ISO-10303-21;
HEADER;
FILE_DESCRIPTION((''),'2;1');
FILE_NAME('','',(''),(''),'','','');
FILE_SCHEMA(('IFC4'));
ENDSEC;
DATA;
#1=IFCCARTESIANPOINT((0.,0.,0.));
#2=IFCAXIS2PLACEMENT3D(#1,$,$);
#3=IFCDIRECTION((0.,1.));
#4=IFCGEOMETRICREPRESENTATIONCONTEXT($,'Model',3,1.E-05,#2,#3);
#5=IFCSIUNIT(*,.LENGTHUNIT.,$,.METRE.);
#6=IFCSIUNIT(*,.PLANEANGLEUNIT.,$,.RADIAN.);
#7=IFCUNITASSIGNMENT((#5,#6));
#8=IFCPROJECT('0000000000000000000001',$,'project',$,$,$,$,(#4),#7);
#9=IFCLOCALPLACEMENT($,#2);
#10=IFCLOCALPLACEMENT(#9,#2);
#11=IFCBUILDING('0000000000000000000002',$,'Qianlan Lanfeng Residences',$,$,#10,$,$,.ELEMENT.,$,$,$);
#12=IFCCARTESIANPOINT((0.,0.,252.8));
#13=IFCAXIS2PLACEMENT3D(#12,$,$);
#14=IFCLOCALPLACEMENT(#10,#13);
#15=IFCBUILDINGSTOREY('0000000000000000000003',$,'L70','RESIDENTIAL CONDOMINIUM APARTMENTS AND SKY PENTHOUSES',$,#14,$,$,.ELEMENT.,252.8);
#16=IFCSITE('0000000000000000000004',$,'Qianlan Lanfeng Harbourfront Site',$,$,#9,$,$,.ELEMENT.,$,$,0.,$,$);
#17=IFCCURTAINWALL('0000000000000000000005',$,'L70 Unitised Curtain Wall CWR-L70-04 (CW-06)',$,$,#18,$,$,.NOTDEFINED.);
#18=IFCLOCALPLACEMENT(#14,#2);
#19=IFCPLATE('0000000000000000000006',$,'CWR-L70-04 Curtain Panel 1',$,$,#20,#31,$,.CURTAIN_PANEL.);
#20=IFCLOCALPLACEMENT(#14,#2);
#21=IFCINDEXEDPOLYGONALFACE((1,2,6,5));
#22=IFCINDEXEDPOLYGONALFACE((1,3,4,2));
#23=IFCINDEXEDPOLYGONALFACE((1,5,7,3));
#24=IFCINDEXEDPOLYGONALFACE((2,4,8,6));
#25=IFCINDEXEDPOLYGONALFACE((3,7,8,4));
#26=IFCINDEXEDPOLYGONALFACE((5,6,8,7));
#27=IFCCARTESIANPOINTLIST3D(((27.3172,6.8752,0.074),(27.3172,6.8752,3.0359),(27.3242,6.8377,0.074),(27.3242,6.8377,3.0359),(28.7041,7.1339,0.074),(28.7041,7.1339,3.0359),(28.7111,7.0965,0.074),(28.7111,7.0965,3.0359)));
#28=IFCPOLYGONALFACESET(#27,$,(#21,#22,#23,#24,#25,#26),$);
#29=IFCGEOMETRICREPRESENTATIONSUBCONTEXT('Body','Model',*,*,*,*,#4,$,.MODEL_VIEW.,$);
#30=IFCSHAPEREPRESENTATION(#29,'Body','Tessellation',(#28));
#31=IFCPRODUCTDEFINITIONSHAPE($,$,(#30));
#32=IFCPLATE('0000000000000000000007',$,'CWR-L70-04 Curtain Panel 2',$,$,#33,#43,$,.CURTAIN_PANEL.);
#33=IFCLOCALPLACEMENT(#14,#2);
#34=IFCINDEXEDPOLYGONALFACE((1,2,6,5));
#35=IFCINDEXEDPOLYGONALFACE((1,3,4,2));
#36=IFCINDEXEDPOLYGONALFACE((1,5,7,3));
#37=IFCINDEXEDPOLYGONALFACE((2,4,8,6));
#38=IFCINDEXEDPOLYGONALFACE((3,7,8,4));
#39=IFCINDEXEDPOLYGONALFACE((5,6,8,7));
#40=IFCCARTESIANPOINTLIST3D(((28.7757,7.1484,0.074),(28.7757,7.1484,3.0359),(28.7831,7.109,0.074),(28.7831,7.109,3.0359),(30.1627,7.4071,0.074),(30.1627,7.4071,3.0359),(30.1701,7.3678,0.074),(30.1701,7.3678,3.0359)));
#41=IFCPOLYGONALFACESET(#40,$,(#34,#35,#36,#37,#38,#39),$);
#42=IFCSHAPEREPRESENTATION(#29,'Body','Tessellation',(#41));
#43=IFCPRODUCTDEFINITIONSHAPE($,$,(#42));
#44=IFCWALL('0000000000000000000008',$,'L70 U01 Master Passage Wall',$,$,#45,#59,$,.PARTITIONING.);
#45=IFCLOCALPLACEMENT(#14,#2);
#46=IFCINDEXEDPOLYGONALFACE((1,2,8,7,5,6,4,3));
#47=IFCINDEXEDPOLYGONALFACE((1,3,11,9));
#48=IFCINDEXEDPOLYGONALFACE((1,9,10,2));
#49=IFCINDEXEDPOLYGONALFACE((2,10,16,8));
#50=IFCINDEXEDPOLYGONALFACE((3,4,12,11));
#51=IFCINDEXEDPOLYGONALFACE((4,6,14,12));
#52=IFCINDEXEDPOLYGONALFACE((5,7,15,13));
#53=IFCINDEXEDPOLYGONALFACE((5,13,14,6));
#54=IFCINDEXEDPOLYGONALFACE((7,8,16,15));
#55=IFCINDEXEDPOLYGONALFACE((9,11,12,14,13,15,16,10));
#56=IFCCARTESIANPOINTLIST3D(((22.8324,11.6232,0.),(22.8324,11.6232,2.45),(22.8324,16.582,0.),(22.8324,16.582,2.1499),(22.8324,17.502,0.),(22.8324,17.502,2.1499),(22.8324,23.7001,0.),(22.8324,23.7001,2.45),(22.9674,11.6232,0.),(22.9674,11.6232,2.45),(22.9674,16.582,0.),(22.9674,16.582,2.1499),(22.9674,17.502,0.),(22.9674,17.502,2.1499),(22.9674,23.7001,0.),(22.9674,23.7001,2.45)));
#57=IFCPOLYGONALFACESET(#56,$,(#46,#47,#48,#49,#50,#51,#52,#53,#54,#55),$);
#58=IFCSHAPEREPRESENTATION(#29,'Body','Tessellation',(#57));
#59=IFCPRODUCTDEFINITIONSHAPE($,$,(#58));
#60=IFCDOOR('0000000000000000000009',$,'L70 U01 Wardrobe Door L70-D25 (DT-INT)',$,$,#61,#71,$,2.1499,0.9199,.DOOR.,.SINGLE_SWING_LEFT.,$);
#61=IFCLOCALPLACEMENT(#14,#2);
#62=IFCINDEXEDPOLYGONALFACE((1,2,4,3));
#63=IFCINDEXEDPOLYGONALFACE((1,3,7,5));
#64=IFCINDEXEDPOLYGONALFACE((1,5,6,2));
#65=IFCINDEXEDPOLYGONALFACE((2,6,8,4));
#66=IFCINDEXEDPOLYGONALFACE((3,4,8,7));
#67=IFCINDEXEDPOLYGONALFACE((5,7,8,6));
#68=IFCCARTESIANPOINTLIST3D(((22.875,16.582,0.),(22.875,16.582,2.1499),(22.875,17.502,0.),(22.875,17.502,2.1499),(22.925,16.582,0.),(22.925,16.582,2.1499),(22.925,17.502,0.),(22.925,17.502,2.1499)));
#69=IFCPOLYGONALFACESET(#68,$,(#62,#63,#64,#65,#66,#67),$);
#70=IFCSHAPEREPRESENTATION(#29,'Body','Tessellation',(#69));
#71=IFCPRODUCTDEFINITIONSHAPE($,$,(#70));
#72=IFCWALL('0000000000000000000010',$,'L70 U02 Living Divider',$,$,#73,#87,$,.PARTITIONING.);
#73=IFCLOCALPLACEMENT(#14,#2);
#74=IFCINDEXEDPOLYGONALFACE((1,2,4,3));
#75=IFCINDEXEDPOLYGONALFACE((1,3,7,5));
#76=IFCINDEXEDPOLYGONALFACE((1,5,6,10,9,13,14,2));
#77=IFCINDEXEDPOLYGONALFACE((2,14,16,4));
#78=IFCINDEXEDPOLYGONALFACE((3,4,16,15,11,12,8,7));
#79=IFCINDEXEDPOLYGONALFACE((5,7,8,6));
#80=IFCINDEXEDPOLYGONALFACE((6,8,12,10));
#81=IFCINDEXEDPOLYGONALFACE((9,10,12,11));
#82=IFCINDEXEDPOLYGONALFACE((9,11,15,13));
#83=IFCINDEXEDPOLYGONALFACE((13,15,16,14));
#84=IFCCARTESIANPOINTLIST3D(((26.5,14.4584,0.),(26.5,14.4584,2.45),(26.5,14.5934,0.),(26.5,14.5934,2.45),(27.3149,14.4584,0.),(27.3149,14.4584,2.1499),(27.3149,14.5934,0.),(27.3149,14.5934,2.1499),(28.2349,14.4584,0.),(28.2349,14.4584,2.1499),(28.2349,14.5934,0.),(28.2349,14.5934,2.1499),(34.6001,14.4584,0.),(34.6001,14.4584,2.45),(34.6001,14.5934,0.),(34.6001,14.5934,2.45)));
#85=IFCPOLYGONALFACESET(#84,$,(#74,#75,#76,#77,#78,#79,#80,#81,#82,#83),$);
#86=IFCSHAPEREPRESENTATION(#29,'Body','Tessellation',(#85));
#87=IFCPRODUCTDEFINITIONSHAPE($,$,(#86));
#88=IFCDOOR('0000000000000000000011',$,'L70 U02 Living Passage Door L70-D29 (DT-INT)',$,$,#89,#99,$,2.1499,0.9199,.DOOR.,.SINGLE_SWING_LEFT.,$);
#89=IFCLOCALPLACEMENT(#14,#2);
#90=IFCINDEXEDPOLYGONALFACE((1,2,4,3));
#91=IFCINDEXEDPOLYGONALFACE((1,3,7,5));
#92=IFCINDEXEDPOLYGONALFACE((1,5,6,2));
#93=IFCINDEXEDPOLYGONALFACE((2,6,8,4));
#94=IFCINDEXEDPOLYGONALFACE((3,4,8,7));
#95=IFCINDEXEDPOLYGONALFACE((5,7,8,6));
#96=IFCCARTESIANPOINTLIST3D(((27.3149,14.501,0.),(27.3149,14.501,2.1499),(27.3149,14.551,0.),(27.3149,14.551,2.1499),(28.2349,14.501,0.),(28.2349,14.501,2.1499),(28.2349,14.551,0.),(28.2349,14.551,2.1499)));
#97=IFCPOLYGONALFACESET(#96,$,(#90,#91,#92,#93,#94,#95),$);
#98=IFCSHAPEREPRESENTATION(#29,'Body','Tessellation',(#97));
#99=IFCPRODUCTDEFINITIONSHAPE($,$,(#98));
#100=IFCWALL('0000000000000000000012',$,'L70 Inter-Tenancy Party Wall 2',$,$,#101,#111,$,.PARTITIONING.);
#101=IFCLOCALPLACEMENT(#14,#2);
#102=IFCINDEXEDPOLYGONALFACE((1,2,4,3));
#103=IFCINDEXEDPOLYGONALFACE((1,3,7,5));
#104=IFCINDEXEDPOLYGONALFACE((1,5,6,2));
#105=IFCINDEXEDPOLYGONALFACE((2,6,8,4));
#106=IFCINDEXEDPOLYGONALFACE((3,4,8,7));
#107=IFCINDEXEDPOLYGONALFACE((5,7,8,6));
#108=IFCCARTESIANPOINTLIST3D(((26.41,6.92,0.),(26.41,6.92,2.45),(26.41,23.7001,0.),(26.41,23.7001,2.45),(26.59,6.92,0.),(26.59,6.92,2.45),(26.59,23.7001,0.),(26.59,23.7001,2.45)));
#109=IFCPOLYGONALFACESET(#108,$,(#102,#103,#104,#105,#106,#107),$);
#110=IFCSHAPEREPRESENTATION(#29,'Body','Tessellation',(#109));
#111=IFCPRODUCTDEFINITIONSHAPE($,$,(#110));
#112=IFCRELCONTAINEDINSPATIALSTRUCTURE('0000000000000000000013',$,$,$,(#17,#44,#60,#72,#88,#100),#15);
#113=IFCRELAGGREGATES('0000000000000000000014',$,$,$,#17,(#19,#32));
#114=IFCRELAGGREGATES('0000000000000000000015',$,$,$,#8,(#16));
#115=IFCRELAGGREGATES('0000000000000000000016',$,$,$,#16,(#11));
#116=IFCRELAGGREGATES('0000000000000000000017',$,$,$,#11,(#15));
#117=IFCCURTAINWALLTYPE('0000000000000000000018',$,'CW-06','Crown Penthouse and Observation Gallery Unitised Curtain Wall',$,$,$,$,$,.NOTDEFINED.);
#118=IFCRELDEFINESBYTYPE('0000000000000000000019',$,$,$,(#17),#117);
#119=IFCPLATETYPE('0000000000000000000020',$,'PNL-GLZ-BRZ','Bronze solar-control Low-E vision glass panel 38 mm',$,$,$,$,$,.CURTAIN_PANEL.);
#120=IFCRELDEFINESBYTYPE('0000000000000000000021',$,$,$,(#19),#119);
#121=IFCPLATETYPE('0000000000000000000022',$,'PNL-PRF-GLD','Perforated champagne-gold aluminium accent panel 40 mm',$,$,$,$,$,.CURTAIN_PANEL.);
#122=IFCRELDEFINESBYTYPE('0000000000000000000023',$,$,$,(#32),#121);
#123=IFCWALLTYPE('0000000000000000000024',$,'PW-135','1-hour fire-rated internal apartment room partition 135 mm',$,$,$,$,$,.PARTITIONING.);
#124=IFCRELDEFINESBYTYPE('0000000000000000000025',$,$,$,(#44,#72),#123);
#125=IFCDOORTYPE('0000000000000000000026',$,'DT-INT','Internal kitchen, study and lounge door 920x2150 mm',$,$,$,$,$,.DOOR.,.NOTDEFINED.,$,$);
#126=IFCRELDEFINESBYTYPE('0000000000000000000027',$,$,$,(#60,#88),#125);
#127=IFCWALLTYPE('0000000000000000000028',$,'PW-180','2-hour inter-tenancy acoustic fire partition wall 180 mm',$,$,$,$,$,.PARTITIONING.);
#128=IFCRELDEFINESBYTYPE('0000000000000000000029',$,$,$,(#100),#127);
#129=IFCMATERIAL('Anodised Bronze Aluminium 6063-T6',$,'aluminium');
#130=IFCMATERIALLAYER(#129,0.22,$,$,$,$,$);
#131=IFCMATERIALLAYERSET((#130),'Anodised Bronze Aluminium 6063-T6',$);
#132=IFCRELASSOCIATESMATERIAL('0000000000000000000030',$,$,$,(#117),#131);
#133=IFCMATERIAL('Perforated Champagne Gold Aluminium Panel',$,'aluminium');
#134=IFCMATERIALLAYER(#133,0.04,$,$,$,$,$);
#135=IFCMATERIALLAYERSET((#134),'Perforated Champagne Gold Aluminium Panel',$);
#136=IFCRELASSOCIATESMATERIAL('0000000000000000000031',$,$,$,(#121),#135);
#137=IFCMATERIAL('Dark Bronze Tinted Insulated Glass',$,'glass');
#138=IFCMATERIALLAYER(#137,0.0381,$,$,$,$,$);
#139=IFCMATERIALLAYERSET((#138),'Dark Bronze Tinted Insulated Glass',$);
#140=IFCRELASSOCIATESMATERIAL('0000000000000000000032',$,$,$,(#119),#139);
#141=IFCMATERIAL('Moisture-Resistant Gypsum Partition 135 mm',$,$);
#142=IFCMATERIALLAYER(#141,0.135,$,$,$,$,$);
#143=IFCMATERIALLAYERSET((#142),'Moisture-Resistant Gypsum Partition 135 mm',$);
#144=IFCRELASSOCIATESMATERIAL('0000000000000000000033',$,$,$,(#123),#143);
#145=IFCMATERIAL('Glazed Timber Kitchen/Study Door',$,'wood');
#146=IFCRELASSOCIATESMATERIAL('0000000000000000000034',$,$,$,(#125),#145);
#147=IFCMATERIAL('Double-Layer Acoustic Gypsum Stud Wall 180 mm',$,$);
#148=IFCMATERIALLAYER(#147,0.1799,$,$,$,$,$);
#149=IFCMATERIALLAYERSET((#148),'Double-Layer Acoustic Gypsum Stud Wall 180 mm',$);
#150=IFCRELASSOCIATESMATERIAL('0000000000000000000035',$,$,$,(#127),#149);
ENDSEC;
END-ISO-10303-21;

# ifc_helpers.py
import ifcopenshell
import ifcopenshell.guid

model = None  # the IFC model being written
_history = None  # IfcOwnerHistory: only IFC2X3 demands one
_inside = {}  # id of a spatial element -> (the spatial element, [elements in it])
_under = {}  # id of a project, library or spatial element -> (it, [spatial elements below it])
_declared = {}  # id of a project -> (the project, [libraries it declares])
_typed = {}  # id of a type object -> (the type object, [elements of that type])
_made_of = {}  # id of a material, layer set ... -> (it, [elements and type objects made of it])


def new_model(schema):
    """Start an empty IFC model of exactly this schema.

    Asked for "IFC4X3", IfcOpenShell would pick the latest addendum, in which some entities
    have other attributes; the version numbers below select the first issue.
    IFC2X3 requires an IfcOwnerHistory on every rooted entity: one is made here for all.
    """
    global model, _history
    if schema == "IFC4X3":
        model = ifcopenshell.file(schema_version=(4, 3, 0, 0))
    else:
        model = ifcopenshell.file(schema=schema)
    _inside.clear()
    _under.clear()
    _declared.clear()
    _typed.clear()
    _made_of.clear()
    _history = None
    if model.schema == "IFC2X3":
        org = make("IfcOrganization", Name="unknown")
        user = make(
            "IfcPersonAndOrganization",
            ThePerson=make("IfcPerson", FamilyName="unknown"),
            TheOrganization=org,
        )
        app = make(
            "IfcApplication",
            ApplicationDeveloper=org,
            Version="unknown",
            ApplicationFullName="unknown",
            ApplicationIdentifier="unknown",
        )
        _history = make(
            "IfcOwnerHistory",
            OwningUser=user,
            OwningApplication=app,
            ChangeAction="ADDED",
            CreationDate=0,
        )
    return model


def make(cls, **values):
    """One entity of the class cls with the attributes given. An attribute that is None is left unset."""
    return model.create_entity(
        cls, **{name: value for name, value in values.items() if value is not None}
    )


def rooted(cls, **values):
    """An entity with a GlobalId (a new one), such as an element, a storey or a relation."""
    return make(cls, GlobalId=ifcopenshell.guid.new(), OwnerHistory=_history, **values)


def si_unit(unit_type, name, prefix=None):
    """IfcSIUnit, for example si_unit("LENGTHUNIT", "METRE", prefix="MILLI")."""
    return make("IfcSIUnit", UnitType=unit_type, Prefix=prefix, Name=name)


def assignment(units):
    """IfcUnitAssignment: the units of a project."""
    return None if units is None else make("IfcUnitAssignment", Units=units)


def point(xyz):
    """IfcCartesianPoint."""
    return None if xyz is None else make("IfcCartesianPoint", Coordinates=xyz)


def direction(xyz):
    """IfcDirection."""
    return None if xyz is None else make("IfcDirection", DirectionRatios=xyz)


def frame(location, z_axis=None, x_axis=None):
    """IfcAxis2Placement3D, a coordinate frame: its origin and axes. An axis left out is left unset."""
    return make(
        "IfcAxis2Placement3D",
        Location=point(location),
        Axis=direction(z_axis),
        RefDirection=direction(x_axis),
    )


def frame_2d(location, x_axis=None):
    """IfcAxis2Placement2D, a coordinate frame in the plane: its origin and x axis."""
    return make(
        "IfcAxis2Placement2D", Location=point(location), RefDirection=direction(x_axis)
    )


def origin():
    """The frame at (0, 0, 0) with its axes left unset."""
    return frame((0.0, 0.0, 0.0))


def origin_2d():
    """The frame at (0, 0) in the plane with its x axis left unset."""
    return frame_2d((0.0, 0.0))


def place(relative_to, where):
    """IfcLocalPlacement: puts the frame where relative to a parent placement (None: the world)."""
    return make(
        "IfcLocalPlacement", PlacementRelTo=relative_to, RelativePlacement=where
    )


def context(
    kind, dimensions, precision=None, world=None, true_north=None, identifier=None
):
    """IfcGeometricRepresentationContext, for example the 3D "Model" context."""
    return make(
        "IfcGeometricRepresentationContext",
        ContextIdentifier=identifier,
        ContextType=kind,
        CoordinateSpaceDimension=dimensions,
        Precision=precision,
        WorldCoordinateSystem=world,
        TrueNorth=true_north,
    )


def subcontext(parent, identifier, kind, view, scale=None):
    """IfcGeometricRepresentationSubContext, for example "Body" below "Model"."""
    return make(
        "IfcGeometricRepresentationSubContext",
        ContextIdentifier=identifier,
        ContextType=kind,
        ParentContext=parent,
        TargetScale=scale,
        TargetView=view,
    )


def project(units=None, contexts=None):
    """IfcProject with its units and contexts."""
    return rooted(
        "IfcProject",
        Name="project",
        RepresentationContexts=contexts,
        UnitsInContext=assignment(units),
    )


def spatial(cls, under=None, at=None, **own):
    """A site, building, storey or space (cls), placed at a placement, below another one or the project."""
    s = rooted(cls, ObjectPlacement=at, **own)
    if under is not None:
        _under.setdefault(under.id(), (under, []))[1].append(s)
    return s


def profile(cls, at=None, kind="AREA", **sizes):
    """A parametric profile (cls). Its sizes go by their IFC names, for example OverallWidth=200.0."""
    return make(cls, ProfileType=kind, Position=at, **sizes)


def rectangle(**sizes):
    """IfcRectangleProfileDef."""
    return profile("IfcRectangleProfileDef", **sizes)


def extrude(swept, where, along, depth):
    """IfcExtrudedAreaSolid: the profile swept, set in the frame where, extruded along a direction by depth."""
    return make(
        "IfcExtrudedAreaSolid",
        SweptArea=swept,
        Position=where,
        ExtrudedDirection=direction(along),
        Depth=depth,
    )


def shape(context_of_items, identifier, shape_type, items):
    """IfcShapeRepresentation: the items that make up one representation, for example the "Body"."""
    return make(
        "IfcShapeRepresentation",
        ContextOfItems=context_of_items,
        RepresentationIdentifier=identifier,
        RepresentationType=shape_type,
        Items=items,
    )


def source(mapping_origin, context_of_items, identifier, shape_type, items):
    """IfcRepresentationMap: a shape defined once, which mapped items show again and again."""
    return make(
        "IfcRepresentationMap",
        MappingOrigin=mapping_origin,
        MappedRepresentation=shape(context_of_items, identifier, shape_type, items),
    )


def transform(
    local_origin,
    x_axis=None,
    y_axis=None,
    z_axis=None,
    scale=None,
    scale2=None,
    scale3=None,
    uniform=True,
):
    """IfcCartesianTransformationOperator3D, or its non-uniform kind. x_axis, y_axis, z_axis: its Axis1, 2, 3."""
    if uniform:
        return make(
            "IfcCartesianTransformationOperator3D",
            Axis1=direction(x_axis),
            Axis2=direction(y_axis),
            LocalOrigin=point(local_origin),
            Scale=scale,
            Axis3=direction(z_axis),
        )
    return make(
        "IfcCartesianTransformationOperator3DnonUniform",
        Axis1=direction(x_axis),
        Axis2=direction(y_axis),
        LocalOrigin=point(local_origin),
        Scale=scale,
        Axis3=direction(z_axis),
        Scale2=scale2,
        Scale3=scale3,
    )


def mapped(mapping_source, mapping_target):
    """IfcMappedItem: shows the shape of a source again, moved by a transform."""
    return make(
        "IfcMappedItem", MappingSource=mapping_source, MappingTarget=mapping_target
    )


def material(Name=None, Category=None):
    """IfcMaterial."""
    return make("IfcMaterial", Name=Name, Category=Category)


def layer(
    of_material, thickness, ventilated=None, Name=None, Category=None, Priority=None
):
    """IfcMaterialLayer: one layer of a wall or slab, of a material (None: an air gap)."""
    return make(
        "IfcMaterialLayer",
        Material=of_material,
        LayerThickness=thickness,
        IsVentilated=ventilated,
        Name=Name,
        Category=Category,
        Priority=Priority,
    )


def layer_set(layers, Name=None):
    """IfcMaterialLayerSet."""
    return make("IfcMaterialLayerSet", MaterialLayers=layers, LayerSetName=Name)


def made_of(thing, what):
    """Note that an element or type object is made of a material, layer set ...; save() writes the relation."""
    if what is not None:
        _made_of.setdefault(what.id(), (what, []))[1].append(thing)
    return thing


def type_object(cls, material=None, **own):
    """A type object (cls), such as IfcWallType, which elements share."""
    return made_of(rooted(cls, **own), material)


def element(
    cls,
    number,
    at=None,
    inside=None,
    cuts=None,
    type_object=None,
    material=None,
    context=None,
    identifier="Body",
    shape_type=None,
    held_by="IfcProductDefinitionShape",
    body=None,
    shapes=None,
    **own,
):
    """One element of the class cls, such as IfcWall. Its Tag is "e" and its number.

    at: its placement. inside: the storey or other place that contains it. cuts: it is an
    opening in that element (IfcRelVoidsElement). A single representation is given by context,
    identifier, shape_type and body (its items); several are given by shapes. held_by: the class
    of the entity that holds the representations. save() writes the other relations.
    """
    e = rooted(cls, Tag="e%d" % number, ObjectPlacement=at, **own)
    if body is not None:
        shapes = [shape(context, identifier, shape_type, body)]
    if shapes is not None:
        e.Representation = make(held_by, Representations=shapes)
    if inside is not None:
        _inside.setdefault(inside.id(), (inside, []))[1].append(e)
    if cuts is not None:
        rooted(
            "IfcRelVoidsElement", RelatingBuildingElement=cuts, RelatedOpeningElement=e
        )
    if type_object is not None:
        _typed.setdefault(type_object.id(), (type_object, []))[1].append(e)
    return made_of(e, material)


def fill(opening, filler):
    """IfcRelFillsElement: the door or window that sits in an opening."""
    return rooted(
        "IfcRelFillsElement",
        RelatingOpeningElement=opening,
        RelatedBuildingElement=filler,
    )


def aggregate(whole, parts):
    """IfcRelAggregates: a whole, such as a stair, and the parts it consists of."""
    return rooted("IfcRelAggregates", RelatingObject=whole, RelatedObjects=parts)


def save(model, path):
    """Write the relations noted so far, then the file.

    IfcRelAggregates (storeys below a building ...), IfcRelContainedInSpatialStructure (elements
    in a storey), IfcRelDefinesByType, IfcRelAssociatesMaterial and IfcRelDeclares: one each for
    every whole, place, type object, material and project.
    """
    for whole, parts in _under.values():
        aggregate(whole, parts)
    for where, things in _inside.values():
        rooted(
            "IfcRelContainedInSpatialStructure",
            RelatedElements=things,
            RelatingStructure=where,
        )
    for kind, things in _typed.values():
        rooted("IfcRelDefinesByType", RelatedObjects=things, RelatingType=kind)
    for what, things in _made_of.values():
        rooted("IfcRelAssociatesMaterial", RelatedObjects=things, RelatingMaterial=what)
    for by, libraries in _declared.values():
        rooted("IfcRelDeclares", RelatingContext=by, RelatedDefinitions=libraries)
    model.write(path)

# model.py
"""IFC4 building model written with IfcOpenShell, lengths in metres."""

from ifc_helpers import new_model, si_unit, direction, frame, frame_2d, origin, origin_2d, place, context, subcontext, project, spatial, rectangle, extrude, source, transform, mapped, material, layer, layer_set, type_object, element, fill, aggregate, save


model = new_model("IFC4")

# Units and contexts
model_context = context("Model", 3, precision=1e-05, world=origin(), true_north=direction((0.0, 1.0)))
body_context = subcontext(model_context, "Body", "Model", "MODEL_VIEW")
ifc_project = project(units=[si_unit("LENGTHUNIT", "METRE"), si_unit("PLANEANGLEUNIT", "RADIAN")], contexts=[model_context])

# Site, building, storey
site_placement = place(None, origin())
site = spatial("IfcSite", under=ifc_project, at=site_placement, Name="Qianlan Lanfeng Harbourfront Site", CompositionType="ELEMENT", RefElevation=0.0)
building_placement = place(site_placement, origin())
building = spatial("IfcBuilding", under=site, at=building_placement, Name="Qianlan Lanfeng Residences", CompositionType="ELEMENT")
storey_placement = place(building_placement, frame((0.0, 0.0, 252.8)))
storey = spatial("IfcBuildingStorey", under=building, at=storey_placement, Name="L70", Description="RESIDENTIAL CONDOMINIUM APARTMENTS AND SKY PENTHOUSES", CompositionType="ELEMENT", Elevation=252.8)

# Shared definitions
ifc_material_1 = material(Name="Anodised Bronze Aluminium 6063-T6", Category="aluminium")
ifc_layer_1 = layer(ifc_material_1, 0.22)
ifc_layer_set_1 = layer_set([ifc_layer_1], Name="Anodised Bronze Aluminium 6063-T6")
curtain_wall_type = type_object("IfcCurtainWallType", Name="CW-06", Description="Crown Penthouse and Observation Gallery Unitised Curtain Wall", PredefinedType="NOTDEFINED", material=ifc_layer_set_1)

# Curtain wall
curtain_wall_1_placement = place(storey_placement, origin())
curtain_wall_1 = element("IfcCurtainWall", 1, at=curtain_wall_1_placement, inside=storey, type_object=curtain_wall_type, Name="L70 Unitised Curtain Wall CWR-L70-04 (CW-06)", PredefinedType="NOTDEFINED")

# Plates
ifc_material_2 = material(Name="Perforated Champagne Gold Aluminium Panel", Category="aluminium")
ifc_layer_2 = layer(ifc_material_2, 0.04)
ifc_layer_set_2 = layer_set([ifc_layer_2], Name="Perforated Champagne Gold Aluminium Panel")
plate_type_1 = type_object("IfcPlateType", Name="PNL-PRF-GLD", Description="Perforated champagne-gold aluminium accent panel 40 mm", PredefinedType="CURTAIN_PANEL", material=ifc_layer_set_2)
ifc_material_3 = material(Name="Dark Bronze Tinted Insulated Glass", Category="glass")
ifc_layer_3 = layer(ifc_material_3, 0.0381)
ifc_layer_set_3 = layer_set([ifc_layer_3], Name="Dark Bronze Tinted Insulated Glass")
plate_type_2 = type_object("IfcPlateType", Name="PNL-GLZ-BRZ", Description="Bronze solar-control Low-E vision glass panel 38 mm", PredefinedType="CURTAIN_PANEL", material=ifc_layer_set_3)
shared_shape_1 = source(origin(), body_context, "Body", "SweptSolid", [
    extrude(rectangle(XDim=1.4109, YDim=0.0381, at=origin_2d()), origin(), (0.0, 0.0, 1.0), 2.9619),
])
plate_1_placement = place(storey_placement, frame((28.0142, 6.9858, 0.074), z_axis=(0.0, 0.0, 1.0), x_axis=(0.983039, 0.183395, 0.0)))
plate_1 = element("IfcPlate", 2, at=plate_1_placement, type_object=plate_type_2, Name="CWR-L70-04 Curtain Panel 1", PredefinedType="CURTAIN_PANEL", context=body_context, shape_type="MappedRepresentation", body=[
    mapped(shared_shape_1, transform((0.0, 0.0, 0.0), scale=1.0)),
])
shared_shape_2 = source(origin(), body_context, "Body", "SweptSolid", [
    extrude(rectangle(XDim=1.4109, YDim=0.04, at=origin_2d()), origin(), (0.0, 0.0, 1.0), 2.9619),
])
plate_2_placement = place(storey_placement, frame((29.4729, 7.2581, 0.074), z_axis=(0.0, 0.0, 1.0), x_axis=(0.983039, 0.183395, 0.0)))
plate_2 = element("IfcPlate", 3, at=plate_2_placement, type_object=plate_type_1, Name="CWR-L70-04 Curtain Panel 2", PredefinedType="CURTAIN_PANEL", context=body_context, shape_type="MappedRepresentation", body=[
    mapped(shared_shape_2, transform((0.0, 0.0, 0.0), scale=1.0)),
])
aggregate(curtain_wall_1, [plate_1, plate_2])

# Walls, openings, doors
ifc_material_4 = material(Name="Moisture-Resistant Gypsum Partition 135 mm")
ifc_layer_4 = layer(ifc_material_4, 0.135)
ifc_layer_set_4 = layer_set([ifc_layer_4], Name="Moisture-Resistant Gypsum Partition 135 mm")
wall_type_1 = type_object("IfcWallType", Name="PW-135", Description="1-hour fire-rated internal apartment room partition 135 mm", PredefinedType="PARTITIONING", material=ifc_layer_set_4)
wall_1_placement = place(storey_placement, frame((22.8999, 11.623, 0.0), z_axis=(0.0, 0.0, 1.0), x_axis=(0.0, 1.0, 0.0)))
wall_1 = element("IfcWall", 4, at=wall_1_placement, inside=storey, type_object=wall_type_1, Name="L70 U01 Master Passage Wall", PredefinedType="PARTITIONING", context=body_context, shape_type="SweptSolid", body=[
    extrude(rectangle(XDim=12.0769, YDim=0.135, at=frame_2d((6.0386, 0.0))), origin(), (0.0, 0.0, 1.0), 2.45),
])
opening_1_placement = place(wall_1_placement, frame((4.959, 0.0, 0.0)))
opening_1 = element("IfcOpeningElement", 5, at=opening_1_placement, cuts=wall_1, PredefinedType="OPENING", context=body_context, shape_type="SweptSolid", body=[
    extrude(rectangle(XDim=0.9199, YDim=2.1499, at=frame_2d((0.46, 1.075))), frame((0.0, 0.0776, 0.0), z_axis=(0.0, -1.0, 0.0), x_axis=(1.0, 0.0, 0.0)), (0.0, 0.0, 1.0), 0.155),
])
ifc_material_5 = material(Name="Glazed Timber Kitchen/Study Door", Category="wood")
door_type_1 = type_object("IfcDoorType", Name="DT-INT", Description="Internal kitchen, study and lounge door 920x2150 mm", OperationType="NOTDEFINED", PredefinedType="DOOR", material=ifc_material_5)
door_1_placement = place(opening_1_placement, origin())
door_1 = element("IfcDoor", 6, at=door_1_placement, inside=storey, type_object=door_type_1, Name="L70 U01 Wardrobe Door L70-D25 (DT-INT)", OperationType="SINGLE_SWING_LEFT", OverallHeight=2.1499, OverallWidth=0.9199, PredefinedType="DOOR", context=body_context, shape_type="SweptSolid", body=[
    extrude(rectangle(XDim=0.9199, YDim=2.1499, at=frame_2d((0.46, 1.075))), frame((0.0, 0.0249, 0.0), z_axis=(0.0, -1.0, 0.0), x_axis=(1.0, 0.0, 0.0)), (0.0, 0.0, 1.0), 0.05),
])
fill(opening_1, door_1)
wall_2_placement = place(storey_placement, frame((26.5, 14.5259, 0.0), z_axis=(0.0, 0.0, 1.0), x_axis=(1.0, 0.0, 0.0)))
wall_2 = element("IfcWall", 7, at=wall_2_placement, inside=storey, type_object=wall_type_1, Name="L70 U02 Living Divider", PredefinedType="PARTITIONING", context=body_context, shape_type="SweptSolid", body=[
    extrude(rectangle(XDim=8.1001, YDim=0.135, at=frame_2d((4.05, 0.0))), origin(), (0.0, 0.0, 1.0), 2.45),
])
opening_2_placement = place(wall_2_placement, frame((0.8149, 0.0, 0.0)))
opening_2 = element("IfcOpeningElement", 8, at=opening_2_placement, cuts=wall_2, PredefinedType="OPENING", context=body_context, shape_type="SweptSolid", body=[
    extrude(rectangle(XDim=0.9199, YDim=2.1499, at=frame_2d((0.46, 1.075))), frame((0.0, 0.0776, 0.0), z_axis=(0.0, -1.0, 0.0), x_axis=(1.0, 0.0, 0.0)), (0.0, 0.0, 1.0), 0.155),
])
door_2_placement = place(opening_2_placement, frame((0.9199, 0.0, 0.0), z_axis=(0.0, 0.0, 1.0), x_axis=(-1.0, 0.0, 0.0)))
door_2 = element("IfcDoor", 9, at=door_2_placement, inside=storey, type_object=door_type_1, Name="L70 U02 Living Passage Door L70-D29 (DT-INT)", OperationType="SINGLE_SWING_LEFT", OverallHeight=2.1499, OverallWidth=0.9199, PredefinedType="DOOR", context=body_context, shape_type="SweptSolid", body=[
    extrude(rectangle(XDim=0.9199, YDim=2.1499, at=frame_2d((0.46, 1.075))), frame((0.0, 0.0249, 0.0), z_axis=(0.0, -1.0, 0.0), x_axis=(1.0, 0.0, 0.0)), (0.0, 0.0, 1.0), 0.05),
])
fill(opening_2, door_2)

# Wall
ifc_material_6 = material(Name="Double-Layer Acoustic Gypsum Stud Wall 180 mm")
ifc_layer_5 = layer(ifc_material_6, 0.1799)
ifc_layer_set_5 = layer_set([ifc_layer_5], Name="Double-Layer Acoustic Gypsum Stud Wall 180 mm")
wall_type_2 = type_object("IfcWallType", Name="PW-180", Description="2-hour inter-tenancy acoustic fire partition wall 180 mm", PredefinedType="PARTITIONING", material=ifc_layer_set_5)
wall_3_placement = place(storey_placement, frame((26.5, 6.9199, 0.0), z_axis=(0.0, 0.0, 1.0), x_axis=(0.0, 1.0, 0.0)))
element("IfcWall", 10, at=wall_3_placement, inside=storey, type_object=wall_type_2, Name="L70 Inter-Tenancy Party Wall 2", PredefinedType="PARTITIONING", context=body_context, shape_type="SweptSolid", body=[
    extrude(rectangle(XDim=16.78, YDim=0.1799, at=frame_2d((8.3901, 0.0))), origin(), (0.0, 0.0, 1.0), 2.45),
])

save(model, "model.ifc")
